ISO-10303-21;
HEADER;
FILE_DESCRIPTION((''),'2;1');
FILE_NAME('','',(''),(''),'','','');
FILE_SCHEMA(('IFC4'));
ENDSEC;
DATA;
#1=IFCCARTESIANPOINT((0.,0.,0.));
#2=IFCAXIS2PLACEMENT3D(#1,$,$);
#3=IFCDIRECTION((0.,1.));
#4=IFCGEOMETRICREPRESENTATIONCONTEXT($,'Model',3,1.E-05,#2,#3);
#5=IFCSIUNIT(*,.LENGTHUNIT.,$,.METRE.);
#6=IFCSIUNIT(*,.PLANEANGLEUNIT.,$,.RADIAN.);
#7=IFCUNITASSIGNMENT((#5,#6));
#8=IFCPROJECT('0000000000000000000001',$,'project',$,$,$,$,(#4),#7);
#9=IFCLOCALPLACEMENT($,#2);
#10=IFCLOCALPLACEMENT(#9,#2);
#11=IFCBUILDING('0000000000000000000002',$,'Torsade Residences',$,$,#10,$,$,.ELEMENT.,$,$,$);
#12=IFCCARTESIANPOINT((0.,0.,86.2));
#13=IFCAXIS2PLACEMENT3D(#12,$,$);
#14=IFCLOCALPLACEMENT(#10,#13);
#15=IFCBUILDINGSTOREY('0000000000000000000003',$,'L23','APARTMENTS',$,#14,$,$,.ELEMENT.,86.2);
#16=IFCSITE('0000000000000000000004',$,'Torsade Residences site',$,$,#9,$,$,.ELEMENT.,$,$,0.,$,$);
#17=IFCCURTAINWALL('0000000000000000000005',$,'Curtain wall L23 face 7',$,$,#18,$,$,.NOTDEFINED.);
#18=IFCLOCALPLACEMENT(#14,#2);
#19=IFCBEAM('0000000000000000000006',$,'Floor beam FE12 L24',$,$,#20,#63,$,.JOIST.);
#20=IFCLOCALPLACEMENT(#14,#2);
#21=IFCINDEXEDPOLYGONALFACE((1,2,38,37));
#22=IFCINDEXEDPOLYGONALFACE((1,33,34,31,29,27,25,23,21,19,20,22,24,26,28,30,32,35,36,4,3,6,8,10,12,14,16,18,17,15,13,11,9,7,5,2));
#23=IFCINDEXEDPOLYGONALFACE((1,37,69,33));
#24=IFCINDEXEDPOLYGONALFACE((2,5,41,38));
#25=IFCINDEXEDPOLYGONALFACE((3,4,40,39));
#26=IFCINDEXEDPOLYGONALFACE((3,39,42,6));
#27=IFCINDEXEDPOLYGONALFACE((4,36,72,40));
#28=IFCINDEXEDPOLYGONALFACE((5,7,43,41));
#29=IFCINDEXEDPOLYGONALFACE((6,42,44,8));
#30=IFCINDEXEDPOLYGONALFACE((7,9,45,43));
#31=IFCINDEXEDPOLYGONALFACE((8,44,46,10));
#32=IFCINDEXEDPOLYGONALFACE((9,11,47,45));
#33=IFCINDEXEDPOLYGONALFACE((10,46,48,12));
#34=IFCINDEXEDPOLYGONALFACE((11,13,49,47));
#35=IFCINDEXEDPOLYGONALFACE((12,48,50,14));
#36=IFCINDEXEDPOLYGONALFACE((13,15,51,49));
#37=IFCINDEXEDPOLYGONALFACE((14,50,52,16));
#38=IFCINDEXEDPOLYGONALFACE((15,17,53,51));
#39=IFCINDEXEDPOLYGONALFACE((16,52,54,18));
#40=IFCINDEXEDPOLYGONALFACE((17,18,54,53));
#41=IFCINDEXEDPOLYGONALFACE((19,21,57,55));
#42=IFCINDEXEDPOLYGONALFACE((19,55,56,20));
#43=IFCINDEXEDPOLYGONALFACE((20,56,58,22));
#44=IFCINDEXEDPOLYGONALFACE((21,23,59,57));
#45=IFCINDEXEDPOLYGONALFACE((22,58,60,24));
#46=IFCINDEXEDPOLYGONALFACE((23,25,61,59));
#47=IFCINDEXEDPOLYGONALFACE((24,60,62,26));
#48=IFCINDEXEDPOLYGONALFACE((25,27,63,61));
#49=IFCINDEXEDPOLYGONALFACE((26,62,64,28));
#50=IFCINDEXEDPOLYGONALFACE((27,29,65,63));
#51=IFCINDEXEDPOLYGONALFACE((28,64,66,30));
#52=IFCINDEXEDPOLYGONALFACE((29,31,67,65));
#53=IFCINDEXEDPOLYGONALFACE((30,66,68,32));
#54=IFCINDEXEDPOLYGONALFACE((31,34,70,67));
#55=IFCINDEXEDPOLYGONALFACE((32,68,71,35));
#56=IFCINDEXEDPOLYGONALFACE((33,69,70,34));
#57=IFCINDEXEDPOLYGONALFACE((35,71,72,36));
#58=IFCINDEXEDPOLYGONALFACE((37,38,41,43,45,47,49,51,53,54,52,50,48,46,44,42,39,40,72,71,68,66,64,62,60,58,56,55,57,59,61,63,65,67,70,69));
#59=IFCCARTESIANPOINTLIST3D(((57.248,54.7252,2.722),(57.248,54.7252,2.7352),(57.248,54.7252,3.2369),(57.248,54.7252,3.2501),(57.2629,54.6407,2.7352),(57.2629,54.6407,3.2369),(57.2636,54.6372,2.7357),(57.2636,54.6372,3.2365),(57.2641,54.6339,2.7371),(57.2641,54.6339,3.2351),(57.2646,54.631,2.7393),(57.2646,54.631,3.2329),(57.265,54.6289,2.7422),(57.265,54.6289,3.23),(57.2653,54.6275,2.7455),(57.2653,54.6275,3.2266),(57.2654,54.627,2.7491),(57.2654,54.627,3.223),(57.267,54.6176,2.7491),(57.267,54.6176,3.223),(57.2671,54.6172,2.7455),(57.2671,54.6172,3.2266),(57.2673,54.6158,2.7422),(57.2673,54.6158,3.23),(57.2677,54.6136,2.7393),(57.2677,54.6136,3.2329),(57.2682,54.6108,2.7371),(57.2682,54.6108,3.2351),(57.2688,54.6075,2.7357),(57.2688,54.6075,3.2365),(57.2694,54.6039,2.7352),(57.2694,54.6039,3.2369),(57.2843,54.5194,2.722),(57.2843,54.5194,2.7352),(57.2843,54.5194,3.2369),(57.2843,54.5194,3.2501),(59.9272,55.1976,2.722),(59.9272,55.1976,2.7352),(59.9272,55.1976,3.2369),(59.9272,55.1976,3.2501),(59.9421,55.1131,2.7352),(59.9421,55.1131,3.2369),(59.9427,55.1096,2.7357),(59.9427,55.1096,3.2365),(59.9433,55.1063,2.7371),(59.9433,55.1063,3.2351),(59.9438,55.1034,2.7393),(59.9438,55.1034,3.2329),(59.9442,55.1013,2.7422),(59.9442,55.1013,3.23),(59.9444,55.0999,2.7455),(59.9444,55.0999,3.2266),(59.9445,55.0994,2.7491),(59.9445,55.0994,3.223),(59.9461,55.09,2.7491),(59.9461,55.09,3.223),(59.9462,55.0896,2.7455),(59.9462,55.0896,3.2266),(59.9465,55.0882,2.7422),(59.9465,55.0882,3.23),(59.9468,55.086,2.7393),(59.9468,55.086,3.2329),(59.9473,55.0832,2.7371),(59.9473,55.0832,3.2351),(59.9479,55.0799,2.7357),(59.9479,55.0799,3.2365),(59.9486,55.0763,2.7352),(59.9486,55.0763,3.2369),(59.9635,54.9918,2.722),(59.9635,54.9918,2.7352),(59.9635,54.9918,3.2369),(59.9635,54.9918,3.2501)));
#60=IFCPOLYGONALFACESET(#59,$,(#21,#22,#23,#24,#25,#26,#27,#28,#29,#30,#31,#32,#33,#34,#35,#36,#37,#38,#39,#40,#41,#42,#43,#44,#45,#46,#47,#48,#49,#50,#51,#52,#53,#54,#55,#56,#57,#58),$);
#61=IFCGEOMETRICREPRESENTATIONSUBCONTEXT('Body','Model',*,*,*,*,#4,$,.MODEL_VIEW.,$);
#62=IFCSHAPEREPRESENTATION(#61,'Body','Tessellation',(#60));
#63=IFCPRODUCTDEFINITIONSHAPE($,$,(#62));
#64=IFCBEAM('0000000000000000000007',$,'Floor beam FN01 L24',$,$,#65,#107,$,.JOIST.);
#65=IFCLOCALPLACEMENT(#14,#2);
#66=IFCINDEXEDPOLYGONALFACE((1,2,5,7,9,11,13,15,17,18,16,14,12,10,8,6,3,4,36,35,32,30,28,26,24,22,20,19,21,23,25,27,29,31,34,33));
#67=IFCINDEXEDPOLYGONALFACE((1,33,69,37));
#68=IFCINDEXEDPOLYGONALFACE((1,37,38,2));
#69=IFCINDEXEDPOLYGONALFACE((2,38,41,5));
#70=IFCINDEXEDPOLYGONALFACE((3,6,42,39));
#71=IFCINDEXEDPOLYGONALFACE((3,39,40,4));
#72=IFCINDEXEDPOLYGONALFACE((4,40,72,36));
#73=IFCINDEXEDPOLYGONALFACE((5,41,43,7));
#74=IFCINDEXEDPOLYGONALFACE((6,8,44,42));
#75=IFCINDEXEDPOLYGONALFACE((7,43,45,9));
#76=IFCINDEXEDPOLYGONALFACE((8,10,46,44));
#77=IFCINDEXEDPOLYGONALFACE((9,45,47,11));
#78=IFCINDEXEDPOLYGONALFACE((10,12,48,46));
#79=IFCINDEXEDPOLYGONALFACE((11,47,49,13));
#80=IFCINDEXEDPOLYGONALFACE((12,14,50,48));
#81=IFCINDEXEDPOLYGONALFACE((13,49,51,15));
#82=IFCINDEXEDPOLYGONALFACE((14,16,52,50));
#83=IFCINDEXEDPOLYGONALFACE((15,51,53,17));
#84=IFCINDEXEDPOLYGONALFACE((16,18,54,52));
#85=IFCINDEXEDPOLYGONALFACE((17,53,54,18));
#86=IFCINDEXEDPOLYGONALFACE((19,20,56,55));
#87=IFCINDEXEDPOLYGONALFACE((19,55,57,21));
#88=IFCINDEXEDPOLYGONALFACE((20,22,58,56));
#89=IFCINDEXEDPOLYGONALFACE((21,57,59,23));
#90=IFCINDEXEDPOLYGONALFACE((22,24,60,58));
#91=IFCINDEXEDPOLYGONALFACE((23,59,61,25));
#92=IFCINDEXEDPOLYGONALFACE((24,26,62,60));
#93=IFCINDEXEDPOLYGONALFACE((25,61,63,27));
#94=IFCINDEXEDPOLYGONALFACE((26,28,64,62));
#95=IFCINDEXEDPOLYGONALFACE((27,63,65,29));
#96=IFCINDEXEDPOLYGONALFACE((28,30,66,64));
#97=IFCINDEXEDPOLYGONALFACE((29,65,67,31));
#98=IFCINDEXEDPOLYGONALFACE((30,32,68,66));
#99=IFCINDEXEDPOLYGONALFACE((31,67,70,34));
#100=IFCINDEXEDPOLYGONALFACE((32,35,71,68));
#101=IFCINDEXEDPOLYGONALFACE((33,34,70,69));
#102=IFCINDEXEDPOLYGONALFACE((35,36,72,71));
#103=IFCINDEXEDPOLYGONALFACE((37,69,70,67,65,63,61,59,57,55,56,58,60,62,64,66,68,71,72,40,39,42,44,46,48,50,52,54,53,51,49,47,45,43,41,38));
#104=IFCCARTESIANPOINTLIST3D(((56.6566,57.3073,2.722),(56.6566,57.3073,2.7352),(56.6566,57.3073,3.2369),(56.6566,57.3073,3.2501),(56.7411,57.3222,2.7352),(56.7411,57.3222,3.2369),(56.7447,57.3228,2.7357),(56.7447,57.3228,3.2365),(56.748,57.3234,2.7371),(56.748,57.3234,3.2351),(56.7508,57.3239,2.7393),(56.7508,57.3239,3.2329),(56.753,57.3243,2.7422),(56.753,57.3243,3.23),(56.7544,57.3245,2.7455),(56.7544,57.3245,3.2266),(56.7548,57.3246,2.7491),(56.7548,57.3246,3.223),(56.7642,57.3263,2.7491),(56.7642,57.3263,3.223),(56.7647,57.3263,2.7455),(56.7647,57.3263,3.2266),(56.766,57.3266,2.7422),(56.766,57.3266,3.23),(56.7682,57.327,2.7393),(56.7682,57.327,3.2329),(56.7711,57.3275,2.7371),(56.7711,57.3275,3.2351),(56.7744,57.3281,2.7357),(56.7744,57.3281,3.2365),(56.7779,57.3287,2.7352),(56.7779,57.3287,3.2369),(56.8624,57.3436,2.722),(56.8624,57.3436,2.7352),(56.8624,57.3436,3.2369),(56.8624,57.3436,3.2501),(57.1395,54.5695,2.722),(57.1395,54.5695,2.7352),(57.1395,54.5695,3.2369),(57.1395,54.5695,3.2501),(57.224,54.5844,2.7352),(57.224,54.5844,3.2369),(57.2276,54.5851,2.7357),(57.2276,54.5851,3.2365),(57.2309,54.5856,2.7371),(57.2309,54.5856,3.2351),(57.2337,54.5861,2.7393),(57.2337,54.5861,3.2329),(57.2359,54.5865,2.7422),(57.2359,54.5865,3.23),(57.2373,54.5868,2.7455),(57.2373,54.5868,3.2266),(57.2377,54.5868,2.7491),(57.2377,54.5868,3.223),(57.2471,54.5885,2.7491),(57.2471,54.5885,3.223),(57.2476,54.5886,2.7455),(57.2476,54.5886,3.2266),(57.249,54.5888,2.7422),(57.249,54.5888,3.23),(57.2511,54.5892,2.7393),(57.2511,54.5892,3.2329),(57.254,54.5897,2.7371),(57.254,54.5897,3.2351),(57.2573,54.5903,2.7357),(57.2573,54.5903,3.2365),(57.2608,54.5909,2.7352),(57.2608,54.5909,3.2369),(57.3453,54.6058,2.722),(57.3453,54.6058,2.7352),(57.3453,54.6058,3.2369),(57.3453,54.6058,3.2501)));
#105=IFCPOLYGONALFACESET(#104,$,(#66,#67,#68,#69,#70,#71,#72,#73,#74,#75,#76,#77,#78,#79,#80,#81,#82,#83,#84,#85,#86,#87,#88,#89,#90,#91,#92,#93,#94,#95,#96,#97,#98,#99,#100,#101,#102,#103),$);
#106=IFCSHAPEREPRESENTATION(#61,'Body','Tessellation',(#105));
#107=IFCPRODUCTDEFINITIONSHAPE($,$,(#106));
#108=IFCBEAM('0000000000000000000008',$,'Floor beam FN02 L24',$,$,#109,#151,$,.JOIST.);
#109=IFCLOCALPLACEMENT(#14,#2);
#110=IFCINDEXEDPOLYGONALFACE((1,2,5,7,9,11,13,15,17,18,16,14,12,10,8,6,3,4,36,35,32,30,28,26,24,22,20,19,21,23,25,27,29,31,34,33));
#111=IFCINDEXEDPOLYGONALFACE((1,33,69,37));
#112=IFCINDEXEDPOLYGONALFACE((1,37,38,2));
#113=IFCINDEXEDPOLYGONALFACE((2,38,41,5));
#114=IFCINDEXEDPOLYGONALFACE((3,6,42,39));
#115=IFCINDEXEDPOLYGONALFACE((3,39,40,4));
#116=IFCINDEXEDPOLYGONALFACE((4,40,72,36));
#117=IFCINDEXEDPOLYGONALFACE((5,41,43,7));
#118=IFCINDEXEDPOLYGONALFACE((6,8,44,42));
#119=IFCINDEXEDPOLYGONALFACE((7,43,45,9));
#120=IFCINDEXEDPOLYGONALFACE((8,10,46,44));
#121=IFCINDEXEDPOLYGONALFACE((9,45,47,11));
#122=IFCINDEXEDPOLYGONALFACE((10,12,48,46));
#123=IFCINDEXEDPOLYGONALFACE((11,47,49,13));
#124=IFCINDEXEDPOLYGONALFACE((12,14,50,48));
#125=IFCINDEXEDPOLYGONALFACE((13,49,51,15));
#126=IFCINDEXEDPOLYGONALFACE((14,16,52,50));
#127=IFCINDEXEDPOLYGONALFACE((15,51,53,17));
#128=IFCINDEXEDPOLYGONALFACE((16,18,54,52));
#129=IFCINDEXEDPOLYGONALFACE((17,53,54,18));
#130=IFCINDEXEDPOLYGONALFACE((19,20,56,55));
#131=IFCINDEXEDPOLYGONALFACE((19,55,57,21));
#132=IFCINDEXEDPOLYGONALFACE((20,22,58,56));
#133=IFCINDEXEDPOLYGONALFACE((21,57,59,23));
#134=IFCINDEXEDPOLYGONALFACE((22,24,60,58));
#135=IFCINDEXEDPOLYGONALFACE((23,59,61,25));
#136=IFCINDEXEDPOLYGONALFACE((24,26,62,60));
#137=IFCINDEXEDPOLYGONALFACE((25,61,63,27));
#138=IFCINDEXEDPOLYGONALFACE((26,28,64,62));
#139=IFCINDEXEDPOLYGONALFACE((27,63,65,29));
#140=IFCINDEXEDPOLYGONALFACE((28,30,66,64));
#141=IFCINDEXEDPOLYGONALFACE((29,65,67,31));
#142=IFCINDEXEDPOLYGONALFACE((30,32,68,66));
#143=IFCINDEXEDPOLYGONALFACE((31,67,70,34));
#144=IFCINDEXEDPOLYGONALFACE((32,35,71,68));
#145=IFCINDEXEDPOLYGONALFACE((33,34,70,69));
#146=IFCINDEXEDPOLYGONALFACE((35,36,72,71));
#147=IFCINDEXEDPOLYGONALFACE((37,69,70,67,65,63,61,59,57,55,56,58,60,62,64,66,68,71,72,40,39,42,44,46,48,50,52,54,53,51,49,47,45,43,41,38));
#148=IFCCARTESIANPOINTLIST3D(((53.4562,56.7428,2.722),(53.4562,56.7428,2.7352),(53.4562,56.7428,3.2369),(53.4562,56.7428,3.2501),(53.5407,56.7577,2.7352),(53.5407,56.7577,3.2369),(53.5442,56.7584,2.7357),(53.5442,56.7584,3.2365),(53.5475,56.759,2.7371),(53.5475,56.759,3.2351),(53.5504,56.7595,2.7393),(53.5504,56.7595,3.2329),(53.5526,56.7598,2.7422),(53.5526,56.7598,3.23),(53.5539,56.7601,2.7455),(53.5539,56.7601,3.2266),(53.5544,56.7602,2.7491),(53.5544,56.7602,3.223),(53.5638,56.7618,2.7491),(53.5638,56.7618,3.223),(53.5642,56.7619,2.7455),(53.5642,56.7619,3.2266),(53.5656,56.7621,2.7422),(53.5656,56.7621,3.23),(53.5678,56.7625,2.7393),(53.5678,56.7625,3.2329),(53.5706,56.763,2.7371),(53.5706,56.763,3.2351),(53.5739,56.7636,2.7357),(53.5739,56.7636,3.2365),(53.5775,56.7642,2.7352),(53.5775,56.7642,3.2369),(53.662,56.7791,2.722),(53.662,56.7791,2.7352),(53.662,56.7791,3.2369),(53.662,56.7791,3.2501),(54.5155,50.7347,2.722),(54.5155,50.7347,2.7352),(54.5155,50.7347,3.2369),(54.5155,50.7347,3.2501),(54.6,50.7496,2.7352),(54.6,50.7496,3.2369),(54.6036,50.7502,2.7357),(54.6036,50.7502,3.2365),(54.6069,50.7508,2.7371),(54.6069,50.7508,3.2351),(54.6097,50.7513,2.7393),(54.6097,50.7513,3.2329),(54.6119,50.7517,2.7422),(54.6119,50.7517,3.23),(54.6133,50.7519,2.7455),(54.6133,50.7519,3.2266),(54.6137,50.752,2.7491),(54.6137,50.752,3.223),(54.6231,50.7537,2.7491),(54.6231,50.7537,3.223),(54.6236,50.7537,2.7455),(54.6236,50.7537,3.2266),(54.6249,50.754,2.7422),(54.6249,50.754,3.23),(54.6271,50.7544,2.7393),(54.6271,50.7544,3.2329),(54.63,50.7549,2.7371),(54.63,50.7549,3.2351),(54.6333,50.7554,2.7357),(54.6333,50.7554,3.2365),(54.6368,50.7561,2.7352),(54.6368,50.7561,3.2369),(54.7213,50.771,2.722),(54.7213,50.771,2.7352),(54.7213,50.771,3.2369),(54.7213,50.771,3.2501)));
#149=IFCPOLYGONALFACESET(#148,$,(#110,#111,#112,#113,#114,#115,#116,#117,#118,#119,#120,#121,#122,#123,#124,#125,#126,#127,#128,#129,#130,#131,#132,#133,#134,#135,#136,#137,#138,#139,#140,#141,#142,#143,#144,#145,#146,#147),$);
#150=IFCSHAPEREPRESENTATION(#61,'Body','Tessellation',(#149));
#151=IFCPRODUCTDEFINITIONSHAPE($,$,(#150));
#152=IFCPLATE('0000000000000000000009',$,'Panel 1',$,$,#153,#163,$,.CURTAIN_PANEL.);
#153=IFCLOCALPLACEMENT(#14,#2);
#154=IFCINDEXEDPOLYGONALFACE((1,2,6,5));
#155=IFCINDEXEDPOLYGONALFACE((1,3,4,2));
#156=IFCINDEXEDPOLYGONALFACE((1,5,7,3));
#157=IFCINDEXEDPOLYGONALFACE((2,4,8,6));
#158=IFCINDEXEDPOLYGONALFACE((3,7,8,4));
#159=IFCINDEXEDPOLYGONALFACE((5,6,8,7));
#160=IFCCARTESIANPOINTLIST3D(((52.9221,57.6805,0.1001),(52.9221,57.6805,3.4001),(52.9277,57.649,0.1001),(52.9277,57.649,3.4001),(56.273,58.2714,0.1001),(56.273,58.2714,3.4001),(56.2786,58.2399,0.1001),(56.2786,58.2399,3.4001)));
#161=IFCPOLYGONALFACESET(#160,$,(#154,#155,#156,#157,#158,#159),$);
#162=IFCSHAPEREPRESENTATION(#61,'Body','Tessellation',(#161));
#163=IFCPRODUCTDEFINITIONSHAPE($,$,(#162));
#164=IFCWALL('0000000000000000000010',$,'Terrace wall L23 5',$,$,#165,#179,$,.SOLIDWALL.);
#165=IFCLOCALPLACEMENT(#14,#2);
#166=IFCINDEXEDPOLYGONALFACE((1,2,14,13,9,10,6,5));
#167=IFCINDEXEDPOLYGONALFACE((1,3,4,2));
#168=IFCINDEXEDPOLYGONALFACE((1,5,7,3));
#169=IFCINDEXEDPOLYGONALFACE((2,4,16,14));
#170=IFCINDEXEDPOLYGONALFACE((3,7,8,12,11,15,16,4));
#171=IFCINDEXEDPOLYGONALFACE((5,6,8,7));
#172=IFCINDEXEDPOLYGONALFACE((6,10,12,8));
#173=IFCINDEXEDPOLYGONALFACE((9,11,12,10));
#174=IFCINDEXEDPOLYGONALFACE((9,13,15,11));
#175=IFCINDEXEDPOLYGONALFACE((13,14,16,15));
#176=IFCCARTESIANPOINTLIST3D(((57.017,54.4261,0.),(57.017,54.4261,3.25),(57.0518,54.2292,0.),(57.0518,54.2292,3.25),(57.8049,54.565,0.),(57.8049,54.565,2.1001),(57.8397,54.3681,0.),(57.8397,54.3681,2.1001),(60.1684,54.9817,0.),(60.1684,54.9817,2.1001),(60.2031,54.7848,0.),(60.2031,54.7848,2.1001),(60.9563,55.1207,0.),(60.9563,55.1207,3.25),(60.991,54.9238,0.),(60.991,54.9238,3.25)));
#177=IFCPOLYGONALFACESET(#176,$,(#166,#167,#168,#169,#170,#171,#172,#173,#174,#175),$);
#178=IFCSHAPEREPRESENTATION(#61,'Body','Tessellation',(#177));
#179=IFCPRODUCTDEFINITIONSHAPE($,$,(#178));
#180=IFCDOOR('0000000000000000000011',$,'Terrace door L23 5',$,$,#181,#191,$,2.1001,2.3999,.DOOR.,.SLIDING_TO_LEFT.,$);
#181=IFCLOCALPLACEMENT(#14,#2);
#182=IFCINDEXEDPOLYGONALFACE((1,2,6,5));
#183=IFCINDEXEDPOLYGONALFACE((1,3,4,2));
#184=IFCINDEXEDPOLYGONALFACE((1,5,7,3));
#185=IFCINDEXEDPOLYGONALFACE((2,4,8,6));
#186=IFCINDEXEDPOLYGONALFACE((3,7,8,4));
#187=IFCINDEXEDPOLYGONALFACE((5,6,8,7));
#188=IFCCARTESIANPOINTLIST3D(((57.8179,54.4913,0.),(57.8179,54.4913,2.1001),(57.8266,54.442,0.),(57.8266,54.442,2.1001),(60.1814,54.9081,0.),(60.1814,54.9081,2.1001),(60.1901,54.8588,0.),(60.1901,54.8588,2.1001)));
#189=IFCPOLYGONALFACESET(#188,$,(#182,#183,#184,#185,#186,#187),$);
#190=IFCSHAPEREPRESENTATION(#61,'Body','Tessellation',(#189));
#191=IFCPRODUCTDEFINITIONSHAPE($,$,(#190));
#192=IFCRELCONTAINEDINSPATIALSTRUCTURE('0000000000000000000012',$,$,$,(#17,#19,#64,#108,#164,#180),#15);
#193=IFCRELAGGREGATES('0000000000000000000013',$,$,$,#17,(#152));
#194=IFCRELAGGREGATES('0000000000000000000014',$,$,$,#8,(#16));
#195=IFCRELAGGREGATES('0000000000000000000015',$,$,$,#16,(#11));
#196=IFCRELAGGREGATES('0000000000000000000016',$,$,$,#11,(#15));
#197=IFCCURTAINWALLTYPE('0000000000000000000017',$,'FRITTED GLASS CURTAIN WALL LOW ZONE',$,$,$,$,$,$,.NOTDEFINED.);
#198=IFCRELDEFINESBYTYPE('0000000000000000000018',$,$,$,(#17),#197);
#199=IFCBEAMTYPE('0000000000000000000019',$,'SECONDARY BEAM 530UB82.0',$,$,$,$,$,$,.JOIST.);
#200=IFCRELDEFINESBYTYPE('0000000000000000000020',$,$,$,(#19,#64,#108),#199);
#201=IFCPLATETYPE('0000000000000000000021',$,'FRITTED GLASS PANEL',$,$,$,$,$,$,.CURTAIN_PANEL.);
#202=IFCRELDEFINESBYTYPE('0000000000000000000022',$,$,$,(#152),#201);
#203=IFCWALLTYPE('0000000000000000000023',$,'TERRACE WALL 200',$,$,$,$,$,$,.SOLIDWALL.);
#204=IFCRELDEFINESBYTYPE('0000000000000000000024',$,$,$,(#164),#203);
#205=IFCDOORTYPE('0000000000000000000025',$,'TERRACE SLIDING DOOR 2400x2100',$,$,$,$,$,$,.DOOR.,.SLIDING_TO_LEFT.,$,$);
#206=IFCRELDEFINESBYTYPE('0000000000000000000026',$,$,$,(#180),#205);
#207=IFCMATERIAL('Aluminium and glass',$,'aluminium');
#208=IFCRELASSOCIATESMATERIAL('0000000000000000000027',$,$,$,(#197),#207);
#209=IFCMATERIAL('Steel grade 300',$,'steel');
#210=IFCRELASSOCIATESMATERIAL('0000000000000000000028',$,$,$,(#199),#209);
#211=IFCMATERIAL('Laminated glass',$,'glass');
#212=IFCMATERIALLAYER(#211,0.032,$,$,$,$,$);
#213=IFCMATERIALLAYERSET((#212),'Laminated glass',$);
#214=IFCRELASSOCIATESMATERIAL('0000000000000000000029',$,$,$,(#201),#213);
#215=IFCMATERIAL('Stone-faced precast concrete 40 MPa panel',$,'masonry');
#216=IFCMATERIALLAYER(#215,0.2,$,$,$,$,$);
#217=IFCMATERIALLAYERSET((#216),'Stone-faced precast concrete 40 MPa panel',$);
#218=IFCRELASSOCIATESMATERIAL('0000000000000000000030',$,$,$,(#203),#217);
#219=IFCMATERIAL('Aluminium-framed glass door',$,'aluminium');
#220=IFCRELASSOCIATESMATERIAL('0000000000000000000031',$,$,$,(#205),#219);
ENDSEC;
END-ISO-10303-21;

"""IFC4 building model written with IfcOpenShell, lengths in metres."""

from ifc_helpers import new_model, si_unit, direction, frame, frame_2d, origin, origin_2d, place, context, subcontext, project, spatial, rectangle, i_section, extrude, material, layer, layer_set, material_profile, profile_set, type_object, element, fill, aggregate, save


model = new_model("IFC4")

# Units and contexts
model_context = context("Model", 3, precision=1e-05, world=origin(), true_north=direction((0.0, 1.0)))
body_context = subcontext(model_context, "Body", "Model", "MODEL_VIEW")
ifc_project = project(units=[si_unit("LENGTHUNIT", "METRE"), si_unit("PLANEANGLEUNIT", "RADIAN")], contexts=[model_context])

# Site, building, storey
site_placement = place(None, origin())
site = spatial("IfcSite", under=ifc_project, at=site_placement, Name="Torsade Residences site", CompositionType="ELEMENT", RefElevation=0.0)
building_placement = place(site_placement, origin())
building = spatial("IfcBuilding", under=site, at=building_placement, Name="Torsade Residences", CompositionType="ELEMENT")
storey_placement = place(building_placement, frame((0.0, 0.0, 86.2)))
storey = spatial("IfcBuildingStorey", under=building, at=storey_placement, Name="L23", Description="APARTMENTS", CompositionType="ELEMENT", Elevation=86.2)

# Shared definitions
ifc_material_1 = material(Name="Aluminium and glass", Category="aluminium")
curtain_wall_type = type_object("IfcCurtainWallType", Name="FRITTED GLASS CURTAIN WALL LOW ZONE", PredefinedType="NOTDEFINED", material=ifc_material_1)

# Curtain wall
curtain_wall_1_placement = place(storey_placement, origin())
curtain_wall_1 = element("IfcCurtainWall", 1, at=curtain_wall_1_placement, inside=storey, type_object=curtain_wall_type, Name="Curtain wall L23 face 7", PredefinedType="NOTDEFINED")

# Beams
ifc_material_2 = material(Name="Steel grade 300", Category="steel")
ifc_material_profile_1 = material_profile(ifc_material_2, i_section(OverallWidth=0.209, OverallDepth=0.5281, WebThickness=0.0095, FlangeThickness=0.0132, FilletRadius=0.0139, at=origin_2d()), Name="530UB82.0")
ifc_profile_set_1 = profile_set([ifc_material_profile_1], Name="Steel grade 300")
beam_type_1 = type_object("IfcBeamType", Name="SECONDARY BEAM 530UB82.0", PredefinedType="JOIST", material=ifc_profile_set_1)
beam_1_placement = place(storey_placement, frame((59.9453, 55.0947, 2.9861), z_axis=(-0.984808, -0.173647, 0.0), x_axis=(0.173647, -0.984808, 0.0)))
element("IfcBeam", 2, at=beam_1_placement, inside=storey, type_object=beam_type_1, Name="Floor beam FE12 L24", PredefinedType="JOIST", context=body_context, shape_type="SweptSolid", body=[
    extrude(i_section(OverallWidth=0.209, OverallDepth=0.5281, WebThickness=0.0095, FlangeThickness=0.0132, FilletRadius=0.0139, at=origin_2d()), origin(), (0.0, 0.0, 1.0), 2.7205),
])
beam_2_placement = place(storey_placement, frame((56.7595, 57.3254, 2.9861), z_axis=(0.173705, -0.984798, 0.0), x_axis=(0.984798, 0.173705, 0.0)))
element("IfcBeam", 3, at=beam_2_placement, inside=storey, type_object=beam_type_1, Name="Floor beam FN01 L24", PredefinedType="JOIST", context=body_context, shape_type="SweptSolid", body=[
    extrude(i_section(OverallWidth=0.209, OverallDepth=0.5281, WebThickness=0.0095, FlangeThickness=0.0132, FilletRadius=0.0139, at=origin_2d()), origin(), (0.0, 0.0, 1.0), 2.78),
])
beam_3_placement = place(storey_placement, frame((53.5591, 56.761, 2.9861), z_axis=(0.173639, -0.984809, 0.0), x_axis=(0.984809, 0.173639, 0.0)))
element("IfcBeam", 4, at=beam_3_placement, inside=storey, type_object=beam_type_1, Name="Floor beam FN02 L24", PredefinedType="JOIST", context=body_context, shape_type="SweptSolid", body=[
    extrude(i_section(OverallWidth=0.209, OverallDepth=0.5281, WebThickness=0.0095, FlangeThickness=0.0132, FilletRadius=0.0139, at=origin_2d()), origin(), (0.0, 0.0, 1.0), 6.1008),
])

# Plate
ifc_material_3 = material(Name="Laminated glass", Category="glass")
ifc_layer_1 = layer(ifc_material_3, 0.032)
ifc_layer_set_1 = layer_set([ifc_layer_1], Name="Laminated glass")
plate_type = type_object("IfcPlateType", Name="FRITTED GLASS PANEL", PredefinedType="CURTAIN_PANEL", material=ifc_layer_set_1)
plate_placement = place(storey_placement, frame((54.6003, 57.9602, 0.1001), z_axis=(0.0, 0.0, 1.0), x_axis=(-0.984808, -0.173648, 0.0)))
plate = element("IfcPlate", 5, at=plate_placement, type_object=plate_type, Name="Panel 1", PredefinedType="CURTAIN_PANEL", context=body_context, shape_type="SweptSolid", body=[
    extrude(rectangle(XDim=3.4026, YDim=0.032, at=origin_2d()), origin(), (0.0, 0.0, 1.0), 3.3),
])
aggregate(curtain_wall_1, [plate])

# Wall, opening, door
ifc_material_4 = material(Name="Stone-faced precast concrete 40 MPa panel", Category="masonry")
ifc_layer_2 = layer(ifc_material_4, 0.2)
ifc_layer_set_2 = layer_set([ifc_layer_2], Name="Stone-faced precast concrete 40 MPa panel")
wall_type = type_object("IfcWallType", Name="TERRACE WALL 200", PredefinedType="SOLIDWALL", material=ifc_layer_set_2)
wall_1_placement = place(storey_placement, frame((60.9736, 55.0222, 0.0), z_axis=(0.0, 0.0, 1.0), x_axis=(-0.984808, -0.173646, 0.0)))
wall_1 = element("IfcWall", 6, at=wall_1_placement, inside=storey, type_object=wall_type, Name="Terrace wall L23 5", PredefinedType="SOLIDWALL", context=body_context, shape_type="SweptSolid", body=[
    extrude(rectangle(XDim=4.0, YDim=0.2, at=frame_2d((2.0, 0.0))), origin(), (0.0, 0.0, 1.0), 3.25),
])
opening_1_placement = place(wall_1_placement, frame((0.8, 0.0, 0.0)))
opening_1 = element("IfcOpeningElement", 7, at=opening_1_placement, cuts=wall_1, PredefinedType="OPENING", context=body_context, shape_type="SweptSolid", body=[
    extrude(rectangle(XDim=2.3999, YDim=2.1001, at=frame_2d((1.2, 1.05))), frame((0.0, 0.1099, 0.0), z_axis=(0.0, -1.0, 0.0), x_axis=(1.0, 0.0, 0.0)), (0.0, 0.0, 1.0), 0.22),
])
ifc_material_5 = material(Name="Aluminium-framed glass door", Category="aluminium")
door_type = type_object("IfcDoorType", Name="TERRACE SLIDING DOOR 2400x2100", OperationType="SLIDING_TO_LEFT", PredefinedType="DOOR", material=ifc_material_5)
door_placement = place(opening_1_placement, origin())
door = element("IfcDoor", 8, at=door_placement, inside=storey, type_object=door_type, Name="Terrace door L23 5", OperationType="SLIDING_TO_LEFT", OverallHeight=2.1001, OverallWidth=2.3999, PredefinedType="DOOR", context=body_context, shape_type="SweptSolid", body=[
    extrude(rectangle(XDim=2.3999, YDim=2.1001, at=frame_2d((1.2, 1.05))), frame((0.0, 0.0249, 0.0), z_axis=(0.0, -1.0, 0.0), x_axis=(1.0, 0.0, 0.0)), (0.0, 0.0, 1.0), 0.05),
])
fill(opening_1, door)

save(model, "model.ifc")
